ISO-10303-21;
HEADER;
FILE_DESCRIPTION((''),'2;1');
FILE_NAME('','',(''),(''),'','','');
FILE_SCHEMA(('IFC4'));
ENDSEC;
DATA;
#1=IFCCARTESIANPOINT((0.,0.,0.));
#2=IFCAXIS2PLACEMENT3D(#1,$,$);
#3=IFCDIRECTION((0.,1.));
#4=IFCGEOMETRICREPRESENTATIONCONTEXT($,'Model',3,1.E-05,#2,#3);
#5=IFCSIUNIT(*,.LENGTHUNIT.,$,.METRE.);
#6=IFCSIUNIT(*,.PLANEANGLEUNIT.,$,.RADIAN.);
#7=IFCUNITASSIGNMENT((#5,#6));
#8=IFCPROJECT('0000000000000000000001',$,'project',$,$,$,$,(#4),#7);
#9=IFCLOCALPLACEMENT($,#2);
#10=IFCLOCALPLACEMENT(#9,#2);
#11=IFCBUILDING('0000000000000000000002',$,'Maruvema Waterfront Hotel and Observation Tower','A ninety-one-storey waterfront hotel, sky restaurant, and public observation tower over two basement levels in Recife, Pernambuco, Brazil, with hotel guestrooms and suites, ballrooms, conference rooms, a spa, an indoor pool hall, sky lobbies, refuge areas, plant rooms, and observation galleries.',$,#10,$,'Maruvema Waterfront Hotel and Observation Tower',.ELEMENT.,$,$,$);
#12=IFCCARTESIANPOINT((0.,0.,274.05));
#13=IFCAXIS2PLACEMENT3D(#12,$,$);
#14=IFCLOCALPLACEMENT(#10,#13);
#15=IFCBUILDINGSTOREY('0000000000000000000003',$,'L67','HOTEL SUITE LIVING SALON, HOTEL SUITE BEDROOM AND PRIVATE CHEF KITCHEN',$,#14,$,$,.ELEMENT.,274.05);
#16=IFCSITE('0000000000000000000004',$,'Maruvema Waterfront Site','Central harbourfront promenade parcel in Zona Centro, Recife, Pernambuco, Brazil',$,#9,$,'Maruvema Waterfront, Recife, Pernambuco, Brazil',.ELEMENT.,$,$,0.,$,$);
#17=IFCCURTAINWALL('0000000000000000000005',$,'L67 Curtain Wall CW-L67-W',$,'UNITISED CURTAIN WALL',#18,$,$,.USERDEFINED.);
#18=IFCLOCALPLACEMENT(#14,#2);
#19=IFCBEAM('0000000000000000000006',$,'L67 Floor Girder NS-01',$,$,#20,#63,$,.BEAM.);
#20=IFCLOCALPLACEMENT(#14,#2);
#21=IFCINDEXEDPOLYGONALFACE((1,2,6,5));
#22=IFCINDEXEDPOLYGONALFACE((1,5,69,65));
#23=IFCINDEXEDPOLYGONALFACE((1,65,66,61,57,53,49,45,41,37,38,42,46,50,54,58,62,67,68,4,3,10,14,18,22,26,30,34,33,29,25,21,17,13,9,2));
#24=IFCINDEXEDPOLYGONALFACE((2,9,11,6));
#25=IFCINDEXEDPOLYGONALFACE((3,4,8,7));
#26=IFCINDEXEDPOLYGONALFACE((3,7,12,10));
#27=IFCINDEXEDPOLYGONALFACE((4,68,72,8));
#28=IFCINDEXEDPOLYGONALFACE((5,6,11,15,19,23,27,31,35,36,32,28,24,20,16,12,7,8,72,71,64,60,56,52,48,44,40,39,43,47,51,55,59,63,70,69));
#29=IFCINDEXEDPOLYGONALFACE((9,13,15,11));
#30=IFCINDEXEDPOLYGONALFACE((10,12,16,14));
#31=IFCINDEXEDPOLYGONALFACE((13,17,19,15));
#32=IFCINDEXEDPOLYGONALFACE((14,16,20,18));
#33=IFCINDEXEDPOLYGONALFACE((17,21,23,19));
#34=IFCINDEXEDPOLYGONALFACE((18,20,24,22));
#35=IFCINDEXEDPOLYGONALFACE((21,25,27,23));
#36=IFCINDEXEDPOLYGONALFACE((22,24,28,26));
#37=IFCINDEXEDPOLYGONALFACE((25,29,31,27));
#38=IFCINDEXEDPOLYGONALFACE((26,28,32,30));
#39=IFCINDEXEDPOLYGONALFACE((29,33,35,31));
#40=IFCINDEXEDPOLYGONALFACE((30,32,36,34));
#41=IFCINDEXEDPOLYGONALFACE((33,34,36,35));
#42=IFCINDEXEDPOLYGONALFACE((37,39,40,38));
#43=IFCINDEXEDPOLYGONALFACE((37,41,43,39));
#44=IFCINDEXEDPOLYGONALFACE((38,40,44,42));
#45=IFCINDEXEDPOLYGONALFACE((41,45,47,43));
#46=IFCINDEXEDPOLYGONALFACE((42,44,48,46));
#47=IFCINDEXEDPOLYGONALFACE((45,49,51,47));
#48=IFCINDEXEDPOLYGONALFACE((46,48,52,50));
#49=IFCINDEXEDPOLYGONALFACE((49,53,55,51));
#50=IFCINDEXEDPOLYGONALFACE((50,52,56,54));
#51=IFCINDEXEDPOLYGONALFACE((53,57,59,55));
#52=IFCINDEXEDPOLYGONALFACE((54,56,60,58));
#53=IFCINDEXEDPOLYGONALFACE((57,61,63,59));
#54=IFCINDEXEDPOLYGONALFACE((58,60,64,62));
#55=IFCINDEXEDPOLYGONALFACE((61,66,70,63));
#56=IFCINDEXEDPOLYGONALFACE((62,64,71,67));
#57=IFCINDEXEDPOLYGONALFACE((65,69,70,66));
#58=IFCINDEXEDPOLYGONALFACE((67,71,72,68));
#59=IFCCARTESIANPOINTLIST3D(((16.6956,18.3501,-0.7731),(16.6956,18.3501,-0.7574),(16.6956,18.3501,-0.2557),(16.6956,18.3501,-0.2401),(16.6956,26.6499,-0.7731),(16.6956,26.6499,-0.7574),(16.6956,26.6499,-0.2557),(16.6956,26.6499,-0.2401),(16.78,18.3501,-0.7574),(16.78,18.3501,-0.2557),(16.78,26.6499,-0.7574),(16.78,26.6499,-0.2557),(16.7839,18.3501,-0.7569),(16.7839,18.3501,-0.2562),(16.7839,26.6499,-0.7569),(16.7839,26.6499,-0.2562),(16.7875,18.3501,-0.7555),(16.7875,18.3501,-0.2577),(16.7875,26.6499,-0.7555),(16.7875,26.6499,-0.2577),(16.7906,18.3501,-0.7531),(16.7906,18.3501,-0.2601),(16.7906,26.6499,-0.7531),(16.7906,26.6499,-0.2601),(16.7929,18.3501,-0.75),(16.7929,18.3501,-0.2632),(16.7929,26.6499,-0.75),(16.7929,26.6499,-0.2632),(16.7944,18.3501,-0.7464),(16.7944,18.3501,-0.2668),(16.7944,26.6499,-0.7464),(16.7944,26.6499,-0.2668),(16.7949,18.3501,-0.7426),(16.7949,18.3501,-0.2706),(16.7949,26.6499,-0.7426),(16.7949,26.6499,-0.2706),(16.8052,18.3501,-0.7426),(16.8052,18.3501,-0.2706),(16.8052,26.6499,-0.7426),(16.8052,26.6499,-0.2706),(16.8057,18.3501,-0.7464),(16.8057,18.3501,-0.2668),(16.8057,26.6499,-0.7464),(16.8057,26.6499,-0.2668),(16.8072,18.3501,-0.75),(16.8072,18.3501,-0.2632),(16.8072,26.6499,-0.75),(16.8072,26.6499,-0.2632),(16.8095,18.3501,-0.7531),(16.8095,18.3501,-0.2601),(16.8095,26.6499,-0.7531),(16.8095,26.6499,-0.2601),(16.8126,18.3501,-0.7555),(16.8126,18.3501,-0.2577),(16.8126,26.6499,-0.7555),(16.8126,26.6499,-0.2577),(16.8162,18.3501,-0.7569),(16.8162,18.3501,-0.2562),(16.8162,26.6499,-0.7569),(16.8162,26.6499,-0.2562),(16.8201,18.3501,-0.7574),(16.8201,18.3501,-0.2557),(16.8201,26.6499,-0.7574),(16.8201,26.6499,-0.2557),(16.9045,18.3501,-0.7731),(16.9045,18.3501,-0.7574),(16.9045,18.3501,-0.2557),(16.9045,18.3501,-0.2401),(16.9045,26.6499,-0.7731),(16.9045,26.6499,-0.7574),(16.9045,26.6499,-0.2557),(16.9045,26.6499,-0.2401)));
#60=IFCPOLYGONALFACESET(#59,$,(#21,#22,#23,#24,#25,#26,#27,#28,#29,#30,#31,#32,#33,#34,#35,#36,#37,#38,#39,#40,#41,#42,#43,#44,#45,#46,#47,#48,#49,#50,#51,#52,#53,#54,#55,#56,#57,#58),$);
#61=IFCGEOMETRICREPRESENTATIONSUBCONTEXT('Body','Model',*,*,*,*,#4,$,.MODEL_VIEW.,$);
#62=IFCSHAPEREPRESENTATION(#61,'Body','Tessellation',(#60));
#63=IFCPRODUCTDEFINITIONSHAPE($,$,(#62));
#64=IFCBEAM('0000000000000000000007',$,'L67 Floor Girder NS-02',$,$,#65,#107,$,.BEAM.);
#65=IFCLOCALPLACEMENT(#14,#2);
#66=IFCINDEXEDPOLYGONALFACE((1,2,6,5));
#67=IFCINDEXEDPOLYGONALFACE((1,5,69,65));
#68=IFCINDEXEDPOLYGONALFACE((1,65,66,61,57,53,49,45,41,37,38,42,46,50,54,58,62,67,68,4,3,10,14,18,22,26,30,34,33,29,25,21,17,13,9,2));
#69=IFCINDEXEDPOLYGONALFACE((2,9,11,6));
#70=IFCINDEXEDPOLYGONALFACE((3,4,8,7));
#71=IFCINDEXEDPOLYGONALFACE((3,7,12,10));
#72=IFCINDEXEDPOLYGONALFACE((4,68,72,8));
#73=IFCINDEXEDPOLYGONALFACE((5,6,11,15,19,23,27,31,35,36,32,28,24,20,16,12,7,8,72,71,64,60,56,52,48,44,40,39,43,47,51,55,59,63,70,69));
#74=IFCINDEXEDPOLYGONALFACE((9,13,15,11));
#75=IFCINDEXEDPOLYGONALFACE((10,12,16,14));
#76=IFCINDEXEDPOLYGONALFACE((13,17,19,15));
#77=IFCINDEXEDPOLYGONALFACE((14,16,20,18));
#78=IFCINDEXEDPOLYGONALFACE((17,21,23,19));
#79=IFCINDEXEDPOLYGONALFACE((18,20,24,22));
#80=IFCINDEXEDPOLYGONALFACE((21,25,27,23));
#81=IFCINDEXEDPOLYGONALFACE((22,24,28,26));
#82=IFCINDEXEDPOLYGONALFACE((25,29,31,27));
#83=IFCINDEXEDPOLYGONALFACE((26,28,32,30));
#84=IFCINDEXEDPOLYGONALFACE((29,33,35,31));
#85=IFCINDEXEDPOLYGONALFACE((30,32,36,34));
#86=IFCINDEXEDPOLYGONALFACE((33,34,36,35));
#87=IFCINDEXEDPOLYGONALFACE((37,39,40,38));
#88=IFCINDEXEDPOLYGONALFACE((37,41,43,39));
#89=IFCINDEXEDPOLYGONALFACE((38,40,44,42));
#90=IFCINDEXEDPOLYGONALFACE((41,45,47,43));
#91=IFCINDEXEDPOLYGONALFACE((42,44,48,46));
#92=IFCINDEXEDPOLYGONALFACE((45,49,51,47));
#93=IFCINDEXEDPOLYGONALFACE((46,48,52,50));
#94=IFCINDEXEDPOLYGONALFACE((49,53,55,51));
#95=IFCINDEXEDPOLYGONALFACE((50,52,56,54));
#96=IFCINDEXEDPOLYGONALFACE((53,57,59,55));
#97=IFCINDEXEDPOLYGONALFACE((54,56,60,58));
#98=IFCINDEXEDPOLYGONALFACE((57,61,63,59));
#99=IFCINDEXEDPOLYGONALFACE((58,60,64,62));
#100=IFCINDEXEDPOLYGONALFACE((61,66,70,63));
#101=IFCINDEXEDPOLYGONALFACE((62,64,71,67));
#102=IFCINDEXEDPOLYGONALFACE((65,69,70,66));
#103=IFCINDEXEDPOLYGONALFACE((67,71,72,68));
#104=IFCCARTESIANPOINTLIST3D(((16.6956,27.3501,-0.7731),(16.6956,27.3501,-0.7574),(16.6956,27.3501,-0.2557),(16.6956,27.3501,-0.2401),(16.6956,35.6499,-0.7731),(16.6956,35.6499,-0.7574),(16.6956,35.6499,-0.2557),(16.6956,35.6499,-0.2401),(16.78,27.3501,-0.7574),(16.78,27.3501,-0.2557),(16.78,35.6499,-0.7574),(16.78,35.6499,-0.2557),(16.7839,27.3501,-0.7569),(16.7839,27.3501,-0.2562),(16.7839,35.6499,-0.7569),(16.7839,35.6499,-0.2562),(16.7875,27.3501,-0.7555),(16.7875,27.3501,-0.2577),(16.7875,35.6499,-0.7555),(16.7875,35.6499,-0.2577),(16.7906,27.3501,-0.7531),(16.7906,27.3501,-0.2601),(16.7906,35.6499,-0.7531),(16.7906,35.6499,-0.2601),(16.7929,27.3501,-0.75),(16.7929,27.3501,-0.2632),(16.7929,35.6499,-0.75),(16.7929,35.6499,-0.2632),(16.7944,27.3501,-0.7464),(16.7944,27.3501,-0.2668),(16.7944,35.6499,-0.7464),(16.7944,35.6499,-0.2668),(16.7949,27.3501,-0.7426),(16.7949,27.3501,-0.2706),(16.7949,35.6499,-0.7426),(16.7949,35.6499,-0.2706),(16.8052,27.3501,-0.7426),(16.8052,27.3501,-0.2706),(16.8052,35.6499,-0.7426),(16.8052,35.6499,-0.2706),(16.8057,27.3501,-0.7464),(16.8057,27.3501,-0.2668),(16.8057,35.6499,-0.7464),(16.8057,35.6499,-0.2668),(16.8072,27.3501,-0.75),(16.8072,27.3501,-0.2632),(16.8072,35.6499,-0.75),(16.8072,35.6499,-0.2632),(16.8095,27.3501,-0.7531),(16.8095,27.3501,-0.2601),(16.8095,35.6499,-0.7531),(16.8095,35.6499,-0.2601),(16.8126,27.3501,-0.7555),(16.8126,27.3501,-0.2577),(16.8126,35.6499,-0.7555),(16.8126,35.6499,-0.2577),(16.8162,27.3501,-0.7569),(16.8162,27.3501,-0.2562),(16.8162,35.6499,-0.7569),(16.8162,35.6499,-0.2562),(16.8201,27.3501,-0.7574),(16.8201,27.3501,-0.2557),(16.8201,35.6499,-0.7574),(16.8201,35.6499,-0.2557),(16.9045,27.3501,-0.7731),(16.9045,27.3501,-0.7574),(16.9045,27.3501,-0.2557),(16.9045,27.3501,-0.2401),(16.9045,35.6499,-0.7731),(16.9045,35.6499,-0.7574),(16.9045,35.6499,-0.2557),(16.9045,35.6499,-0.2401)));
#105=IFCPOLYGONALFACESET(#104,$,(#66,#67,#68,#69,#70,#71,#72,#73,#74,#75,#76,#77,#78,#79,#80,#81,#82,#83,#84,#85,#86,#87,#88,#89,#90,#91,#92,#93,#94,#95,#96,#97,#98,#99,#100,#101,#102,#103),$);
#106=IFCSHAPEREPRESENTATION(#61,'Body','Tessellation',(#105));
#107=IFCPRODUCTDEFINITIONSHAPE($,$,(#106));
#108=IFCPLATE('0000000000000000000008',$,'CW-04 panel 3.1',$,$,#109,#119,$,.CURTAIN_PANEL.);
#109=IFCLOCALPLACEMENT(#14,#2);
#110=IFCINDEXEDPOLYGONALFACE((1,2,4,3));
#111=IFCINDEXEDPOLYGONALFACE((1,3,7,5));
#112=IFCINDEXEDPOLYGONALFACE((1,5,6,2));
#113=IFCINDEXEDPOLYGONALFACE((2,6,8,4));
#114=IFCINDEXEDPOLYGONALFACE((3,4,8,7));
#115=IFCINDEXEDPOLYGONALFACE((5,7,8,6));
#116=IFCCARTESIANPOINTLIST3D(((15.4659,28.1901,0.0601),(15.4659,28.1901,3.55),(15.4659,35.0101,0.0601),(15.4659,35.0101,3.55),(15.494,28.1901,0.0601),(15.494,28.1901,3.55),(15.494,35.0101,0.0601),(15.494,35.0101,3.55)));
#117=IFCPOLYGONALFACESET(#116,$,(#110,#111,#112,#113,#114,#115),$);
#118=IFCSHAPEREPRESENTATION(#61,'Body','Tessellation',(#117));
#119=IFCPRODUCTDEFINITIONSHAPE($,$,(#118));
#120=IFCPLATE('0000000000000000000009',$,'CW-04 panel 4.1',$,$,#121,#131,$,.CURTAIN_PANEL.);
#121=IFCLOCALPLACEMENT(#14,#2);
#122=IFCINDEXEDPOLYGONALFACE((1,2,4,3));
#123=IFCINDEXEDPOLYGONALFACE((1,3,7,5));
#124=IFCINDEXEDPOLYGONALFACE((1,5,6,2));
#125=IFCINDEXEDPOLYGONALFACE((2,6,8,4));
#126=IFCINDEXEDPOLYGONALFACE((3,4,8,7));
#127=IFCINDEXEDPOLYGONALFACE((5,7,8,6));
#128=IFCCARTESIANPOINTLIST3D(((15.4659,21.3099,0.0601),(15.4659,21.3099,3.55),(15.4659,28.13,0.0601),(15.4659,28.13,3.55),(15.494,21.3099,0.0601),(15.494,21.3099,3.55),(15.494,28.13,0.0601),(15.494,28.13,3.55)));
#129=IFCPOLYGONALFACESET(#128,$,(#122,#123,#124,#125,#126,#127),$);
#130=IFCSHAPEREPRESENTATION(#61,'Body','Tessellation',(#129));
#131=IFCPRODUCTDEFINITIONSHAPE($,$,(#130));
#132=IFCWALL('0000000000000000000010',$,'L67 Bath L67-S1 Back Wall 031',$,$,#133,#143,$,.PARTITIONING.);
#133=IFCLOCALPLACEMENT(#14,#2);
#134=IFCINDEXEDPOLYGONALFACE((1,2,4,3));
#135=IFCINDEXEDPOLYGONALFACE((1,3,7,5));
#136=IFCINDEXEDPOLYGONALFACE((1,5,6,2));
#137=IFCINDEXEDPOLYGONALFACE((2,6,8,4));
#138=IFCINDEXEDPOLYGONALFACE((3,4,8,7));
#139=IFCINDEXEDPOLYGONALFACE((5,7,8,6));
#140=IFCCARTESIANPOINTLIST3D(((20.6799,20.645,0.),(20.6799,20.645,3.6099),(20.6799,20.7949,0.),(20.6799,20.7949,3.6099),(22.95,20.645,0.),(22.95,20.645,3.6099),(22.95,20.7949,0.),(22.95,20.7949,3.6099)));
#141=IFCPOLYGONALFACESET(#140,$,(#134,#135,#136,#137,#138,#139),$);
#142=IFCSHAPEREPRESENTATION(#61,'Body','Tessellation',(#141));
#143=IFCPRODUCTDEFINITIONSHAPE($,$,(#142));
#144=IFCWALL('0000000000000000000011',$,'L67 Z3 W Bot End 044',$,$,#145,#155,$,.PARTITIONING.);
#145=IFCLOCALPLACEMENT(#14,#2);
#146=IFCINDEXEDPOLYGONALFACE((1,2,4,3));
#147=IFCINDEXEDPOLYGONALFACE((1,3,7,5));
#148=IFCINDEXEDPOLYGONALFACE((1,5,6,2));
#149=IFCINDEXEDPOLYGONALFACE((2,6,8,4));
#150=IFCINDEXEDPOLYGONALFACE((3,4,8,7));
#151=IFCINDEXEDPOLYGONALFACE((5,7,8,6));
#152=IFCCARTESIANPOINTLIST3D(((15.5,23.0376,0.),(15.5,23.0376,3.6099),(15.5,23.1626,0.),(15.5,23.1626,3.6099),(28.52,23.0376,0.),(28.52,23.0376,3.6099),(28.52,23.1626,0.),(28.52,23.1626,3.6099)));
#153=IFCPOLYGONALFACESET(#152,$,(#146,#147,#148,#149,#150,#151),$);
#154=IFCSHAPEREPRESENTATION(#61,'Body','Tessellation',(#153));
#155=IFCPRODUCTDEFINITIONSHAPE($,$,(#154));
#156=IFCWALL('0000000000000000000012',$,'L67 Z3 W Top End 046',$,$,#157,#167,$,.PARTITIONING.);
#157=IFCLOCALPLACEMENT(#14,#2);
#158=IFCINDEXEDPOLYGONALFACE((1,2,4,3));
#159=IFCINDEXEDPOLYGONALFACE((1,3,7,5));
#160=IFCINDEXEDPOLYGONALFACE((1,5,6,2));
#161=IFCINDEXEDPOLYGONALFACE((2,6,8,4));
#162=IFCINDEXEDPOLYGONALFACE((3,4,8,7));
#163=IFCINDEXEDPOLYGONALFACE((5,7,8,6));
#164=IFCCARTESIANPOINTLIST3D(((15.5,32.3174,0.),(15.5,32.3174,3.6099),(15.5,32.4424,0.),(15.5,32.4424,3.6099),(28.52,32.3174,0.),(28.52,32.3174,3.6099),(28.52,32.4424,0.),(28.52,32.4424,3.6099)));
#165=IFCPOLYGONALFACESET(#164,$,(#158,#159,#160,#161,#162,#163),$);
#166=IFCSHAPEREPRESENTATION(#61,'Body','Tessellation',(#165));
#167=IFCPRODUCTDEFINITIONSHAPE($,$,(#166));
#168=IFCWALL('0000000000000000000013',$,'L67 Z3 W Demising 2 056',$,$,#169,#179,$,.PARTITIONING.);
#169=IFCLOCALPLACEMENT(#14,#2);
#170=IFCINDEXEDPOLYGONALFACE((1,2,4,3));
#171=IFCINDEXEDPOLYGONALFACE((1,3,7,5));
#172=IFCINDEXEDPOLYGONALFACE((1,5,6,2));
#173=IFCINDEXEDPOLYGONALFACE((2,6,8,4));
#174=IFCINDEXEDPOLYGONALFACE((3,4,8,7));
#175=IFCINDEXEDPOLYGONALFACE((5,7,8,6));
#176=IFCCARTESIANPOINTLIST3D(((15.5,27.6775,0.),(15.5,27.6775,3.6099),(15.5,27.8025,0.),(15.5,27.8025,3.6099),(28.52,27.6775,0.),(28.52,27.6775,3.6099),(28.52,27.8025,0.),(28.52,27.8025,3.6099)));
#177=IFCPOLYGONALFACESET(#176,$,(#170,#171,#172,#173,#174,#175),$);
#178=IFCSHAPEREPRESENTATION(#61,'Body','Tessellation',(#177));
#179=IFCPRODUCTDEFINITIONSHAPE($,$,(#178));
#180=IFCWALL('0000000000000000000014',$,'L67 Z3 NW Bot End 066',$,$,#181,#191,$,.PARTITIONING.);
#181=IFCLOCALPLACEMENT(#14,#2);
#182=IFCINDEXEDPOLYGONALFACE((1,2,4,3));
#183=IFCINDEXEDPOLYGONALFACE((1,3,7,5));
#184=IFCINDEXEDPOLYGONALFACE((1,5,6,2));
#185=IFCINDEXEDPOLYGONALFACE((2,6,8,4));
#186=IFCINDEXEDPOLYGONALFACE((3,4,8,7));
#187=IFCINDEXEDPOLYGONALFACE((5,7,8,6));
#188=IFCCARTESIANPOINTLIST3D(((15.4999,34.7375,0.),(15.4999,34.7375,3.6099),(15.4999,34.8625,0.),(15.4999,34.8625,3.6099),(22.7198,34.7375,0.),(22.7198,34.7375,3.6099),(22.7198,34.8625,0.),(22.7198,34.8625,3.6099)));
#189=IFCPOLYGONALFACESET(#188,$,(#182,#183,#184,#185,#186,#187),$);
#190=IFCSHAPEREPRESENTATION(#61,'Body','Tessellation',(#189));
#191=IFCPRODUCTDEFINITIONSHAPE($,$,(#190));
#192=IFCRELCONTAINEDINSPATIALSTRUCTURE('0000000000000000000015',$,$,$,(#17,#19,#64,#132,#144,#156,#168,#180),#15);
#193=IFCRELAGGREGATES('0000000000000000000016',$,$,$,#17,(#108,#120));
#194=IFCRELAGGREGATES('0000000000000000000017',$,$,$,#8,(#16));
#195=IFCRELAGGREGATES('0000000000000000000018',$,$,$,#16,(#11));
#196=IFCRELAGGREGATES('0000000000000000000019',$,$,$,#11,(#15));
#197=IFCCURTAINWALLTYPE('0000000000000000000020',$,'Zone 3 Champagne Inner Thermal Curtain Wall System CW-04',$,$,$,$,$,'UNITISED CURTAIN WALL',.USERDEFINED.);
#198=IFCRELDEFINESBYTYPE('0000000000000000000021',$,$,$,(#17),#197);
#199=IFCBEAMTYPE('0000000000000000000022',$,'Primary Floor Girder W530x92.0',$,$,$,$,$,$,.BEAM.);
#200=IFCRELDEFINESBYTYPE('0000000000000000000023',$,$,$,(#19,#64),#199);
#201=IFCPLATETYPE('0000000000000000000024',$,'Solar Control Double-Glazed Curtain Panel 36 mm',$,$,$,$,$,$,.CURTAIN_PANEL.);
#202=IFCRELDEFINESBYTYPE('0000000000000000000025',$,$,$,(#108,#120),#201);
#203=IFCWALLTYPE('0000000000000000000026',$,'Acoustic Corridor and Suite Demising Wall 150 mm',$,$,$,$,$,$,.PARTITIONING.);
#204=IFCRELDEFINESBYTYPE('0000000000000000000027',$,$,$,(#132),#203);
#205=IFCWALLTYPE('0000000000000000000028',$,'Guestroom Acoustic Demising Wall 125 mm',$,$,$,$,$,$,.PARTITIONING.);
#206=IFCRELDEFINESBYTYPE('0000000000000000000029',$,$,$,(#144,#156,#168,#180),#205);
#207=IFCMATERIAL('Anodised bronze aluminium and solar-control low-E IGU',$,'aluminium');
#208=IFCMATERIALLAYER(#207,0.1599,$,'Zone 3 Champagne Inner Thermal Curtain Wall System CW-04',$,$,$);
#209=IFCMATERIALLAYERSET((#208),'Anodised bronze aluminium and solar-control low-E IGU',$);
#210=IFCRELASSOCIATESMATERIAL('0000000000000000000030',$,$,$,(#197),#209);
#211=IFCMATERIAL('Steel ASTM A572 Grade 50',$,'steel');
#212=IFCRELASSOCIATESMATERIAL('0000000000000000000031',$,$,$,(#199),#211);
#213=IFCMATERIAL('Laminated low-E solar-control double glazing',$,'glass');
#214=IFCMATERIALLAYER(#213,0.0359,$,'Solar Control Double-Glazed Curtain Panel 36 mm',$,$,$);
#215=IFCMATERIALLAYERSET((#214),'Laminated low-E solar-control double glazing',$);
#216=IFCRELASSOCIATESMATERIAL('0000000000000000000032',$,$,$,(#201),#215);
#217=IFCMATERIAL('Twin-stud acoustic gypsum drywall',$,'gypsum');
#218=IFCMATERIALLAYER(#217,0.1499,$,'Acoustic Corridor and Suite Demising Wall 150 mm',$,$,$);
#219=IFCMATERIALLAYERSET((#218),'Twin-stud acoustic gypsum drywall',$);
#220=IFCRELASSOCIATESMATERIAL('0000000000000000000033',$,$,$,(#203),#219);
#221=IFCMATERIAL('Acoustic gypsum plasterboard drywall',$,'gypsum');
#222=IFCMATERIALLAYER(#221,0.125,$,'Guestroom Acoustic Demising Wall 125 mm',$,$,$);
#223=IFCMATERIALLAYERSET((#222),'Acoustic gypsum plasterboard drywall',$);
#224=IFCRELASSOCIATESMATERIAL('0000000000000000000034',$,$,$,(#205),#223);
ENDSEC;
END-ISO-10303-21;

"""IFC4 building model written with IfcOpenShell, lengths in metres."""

from ifc_helpers import new_model, si_unit, direction, frame, frame_2d, origin, origin_2d, place, context, subcontext, project, spatial, rectangle, i_section, extrude, material, layer, layer_set, material_profile, profile_set, type_object, element, aggregate, save


model = new_model("IFC4")

# Units and contexts
model_context = context("Model", 3, precision=1e-05, world=origin(), true_north=direction((0.0, 1.0)))
body_context = subcontext(model_context, "Body", "Model", "MODEL_VIEW")
ifc_project = project(units=[si_unit("LENGTHUNIT", "METRE"), si_unit("PLANEANGLEUNIT", "RADIAN")], contexts=[model_context])

# Site, building, storey
site_placement = place(None, origin())
site = spatial("IfcSite", under=ifc_project, at=site_placement, Name="Maruvema Waterfront Site", Description="Central harbourfront promenade parcel in Zona Centro, Recife, Pernambuco, Brazil", LongName="Maruvema Waterfront, Recife, Pernambuco, Brazil", CompositionType="ELEMENT", RefElevation=0.0)
building_placement = place(site_placement, origin())
building = spatial("IfcBuilding", under=site, at=building_placement, Name="Maruvema Waterfront Hotel and Observation Tower", Description="A ninety-one-storey waterfront hotel, sky restaurant, and public observation tower over two basement levels in Recife, Pernambuco, Brazil, with hotel guestrooms and suites, ballrooms, conference rooms, a spa, an indoor pool hall, sky lobbies, refuge areas, plant rooms, and observation galleries.", LongName="Maruvema Waterfront Hotel and Observation Tower", CompositionType="ELEMENT")
storey_placement = place(building_placement, frame((0.0, 0.0, 274.05)))
storey = spatial("IfcBuildingStorey", under=building, at=storey_placement, Name="L67", Description="HOTEL SUITE LIVING SALON, HOTEL SUITE BEDROOM AND PRIVATE CHEF KITCHEN", CompositionType="ELEMENT", Elevation=274.05)

# Curtain wall
ifc_material_1 = material(Name="Anodised bronze aluminium and solar-control low-E IGU", Category="aluminium")
ifc_layer_1 = layer(ifc_material_1, 0.1599, Name="Zone 3 Champagne Inner Thermal Curtain Wall System CW-04")
ifc_layer_set_1 = layer_set([ifc_layer_1], Name="Anodised bronze aluminium and solar-control low-E IGU")
curtain_wall_type = type_object("IfcCurtainWallType", Name="Zone 3 Champagne Inner Thermal Curtain Wall System CW-04", ElementType="UNITISED CURTAIN WALL", PredefinedType="USERDEFINED", material=ifc_layer_set_1)
curtain_wall_placement = place(storey_placement, origin())
curtain_wall = element("IfcCurtainWall", 1, at=curtain_wall_placement, inside=storey, type_object=curtain_wall_type, Name="L67 Curtain Wall CW-L67-W", ObjectType="UNITISED CURTAIN WALL", PredefinedType="USERDEFINED")

# Beams
ifc_material_2 = material(Name="Steel ASTM A572 Grade 50", Category="steel")
ifc_material_profile_1 = material_profile(ifc_material_2, i_section(OverallWidth=0.209, OverallDepth=0.533, WebThickness=0.0103, FlangeThickness=0.0156, FilletRadius=0.0149, at=origin_2d()), Name="W530x92.0")
ifc_profile_set_1 = profile_set([ifc_material_profile_1], Name="Steel ASTM A572 Grade 50")
beam_type = type_object("IfcBeamType", Name="Primary Floor Girder W530x92.0", PredefinedType="BEAM", material=ifc_profile_set_1)
for number, where, z_axis, x_axis, name in (
    (2, (16.8, 18.3501, -0.5066), (0.0, 1.0, 0.0), (-1.0, 0.0, 0.0), "L67 Floor Girder NS-01"),
    (3, (16.8, 27.3501, -0.5066), (0.0, 1.0, 0.0), (-1.0, 0.0, 0.0), "L67 Floor Girder NS-02"),
):
    element("IfcBeam", number, at=place(storey_placement, frame(where, z_axis=z_axis, x_axis=x_axis)), inside=storey, type_object=beam_type, Name=name, PredefinedType="BEAM", context=body_context, shape_type="SweptSolid", body=[
        extrude(i_section(OverallWidth=0.209, OverallDepth=0.533, WebThickness=0.0103, FlangeThickness=0.0156, FilletRadius=0.0149, at=origin_2d()), origin(), (0.0, 0.0, 1.0), 8.2998),
    ])

# Plates
ifc_material_3 = material(Name="Laminated low-E solar-control double glazing", Category="glass")
ifc_layer_2 = layer(ifc_material_3, 0.0359, Name="Solar Control Double-Glazed Curtain Panel 36 mm")
ifc_layer_set_2 = layer_set([ifc_layer_2], Name="Laminated low-E solar-control double glazing")
plate_type = type_object("IfcPlateType", Name="Solar Control Double-Glazed Curtain Panel 36 mm", PredefinedType="CURTAIN_PANEL", material=ifc_layer_set_2)
plate_1_placement = place(storey_placement, frame((15.48, 31.6001, 0.0601), z_axis=(0.0, 0.0, 1.0), x_axis=(0.0, -1.0, 0.0)))
plate_1 = element("IfcPlate", 4, at=plate_1_placement, type_object=plate_type, Name="CW-04 panel 3.1", PredefinedType="CURTAIN_PANEL", context=body_context, shape_type="SweptSolid", body=[
    extrude(rectangle(XDim=6.8201, YDim=0.0281, at=origin_2d()), origin(), (0.0, 0.0, 1.0), 3.49),
])
plate_2_placement = place(storey_placement, frame((15.48, 24.72, 0.0601), z_axis=(0.0, 0.0, 1.0), x_axis=(0.0, -1.0, 0.0)))
plate_2 = element("IfcPlate", 5, at=plate_2_placement, type_object=plate_type, Name="CW-04 panel 4.1", PredefinedType="CURTAIN_PANEL", context=body_context, shape_type="SweptSolid", body=[
    extrude(rectangle(XDim=6.8201, YDim=0.0281, at=origin_2d()), origin(), (0.0, 0.0, 1.0), 3.49),
])
aggregate(curtain_wall, [plate_1, plate_2])

# Walls
ifc_material_4 = material(Name="Twin-stud acoustic gypsum drywall", Category="gypsum")
ifc_layer_3 = layer(ifc_material_4, 0.1499, Name="Acoustic Corridor and Suite Demising Wall 150 mm")
ifc_layer_set_3 = layer_set([ifc_layer_3], Name="Twin-stud acoustic gypsum drywall")
wall_type_1 = type_object("IfcWallType", Name="Acoustic Corridor and Suite Demising Wall 150 mm", PredefinedType="PARTITIONING", material=ifc_layer_set_3)
wall_1_placement = place(storey_placement, frame((20.6799, 20.72, 0.0), z_axis=(0.0, 0.0, 1.0), x_axis=(1.0, 0.0, 0.0)))
element("IfcWall", 6, at=wall_1_placement, inside=storey, type_object=wall_type_1, Name="L67 Bath L67-S1 Back Wall 031", PredefinedType="PARTITIONING", context=body_context, shape_type="SweptSolid", body=[
    extrude(rectangle(XDim=2.27, YDim=0.1499, at=frame_2d((1.135, 0.0))), origin(), (0.0, 0.0, 1.0), 3.6099),
])
ifc_material_5 = material(Name="Acoustic gypsum plasterboard drywall", Category="gypsum")
ifc_layer_4 = layer(ifc_material_5, 0.125, Name="Guestroom Acoustic Demising Wall 125 mm")
ifc_layer_set_4 = layer_set([ifc_layer_4], Name="Acoustic gypsum plasterboard drywall")
wall_type_2 = type_object("IfcWallType", Name="Guestroom Acoustic Demising Wall 125 mm", PredefinedType="PARTITIONING", material=ifc_layer_set_4)
for number, where, z_axis, x_axis, name in (
    (7, (15.5, 23.1001, 0.0), (0.0, 0.0, 1.0), (1.0, 0.0, 0.0), "L67 Z3 W Bot End 044"),
    (8, (15.5, 32.3799, 0.0), (0.0, 0.0, 1.0), (1.0, 0.0, 0.0), "L67 Z3 W Top End 046"),
    (9, (15.5, 27.74, 0.0), (0.0, 0.0, 1.0), (1.0, 0.0, 0.0), "L67 Z3 W Demising 2 056"),
):
    element("IfcWall", number, at=place(storey_placement, frame(where, z_axis=z_axis, x_axis=x_axis)), inside=storey, type_object=wall_type_2, Name=name, PredefinedType="PARTITIONING", context=body_context, shape_type="SweptSolid", body=[
        extrude(rectangle(XDim=13.02, YDim=0.125, at=frame_2d((6.51, 0.0))), origin(), (0.0, 0.0, 1.0), 3.6099),
    ])
wall_2_placement = place(storey_placement, frame((15.5, 34.8, 0.0), z_axis=(0.0, 0.0, 1.0), x_axis=(1.0, 0.0, 0.0)))
element("IfcWall", 10, at=wall_2_placement, inside=storey, type_object=wall_type_2, Name="L67 Z3 NW Bot End 066", PredefinedType="PARTITIONING", context=body_context, shape_type="SweptSolid", body=[
    extrude(rectangle(XDim=7.22, YDim=0.125, at=frame_2d((3.6099, 0.0))), origin(), (0.0, 0.0, 1.0), 3.6099),
])

save(model, "model.ifc")
